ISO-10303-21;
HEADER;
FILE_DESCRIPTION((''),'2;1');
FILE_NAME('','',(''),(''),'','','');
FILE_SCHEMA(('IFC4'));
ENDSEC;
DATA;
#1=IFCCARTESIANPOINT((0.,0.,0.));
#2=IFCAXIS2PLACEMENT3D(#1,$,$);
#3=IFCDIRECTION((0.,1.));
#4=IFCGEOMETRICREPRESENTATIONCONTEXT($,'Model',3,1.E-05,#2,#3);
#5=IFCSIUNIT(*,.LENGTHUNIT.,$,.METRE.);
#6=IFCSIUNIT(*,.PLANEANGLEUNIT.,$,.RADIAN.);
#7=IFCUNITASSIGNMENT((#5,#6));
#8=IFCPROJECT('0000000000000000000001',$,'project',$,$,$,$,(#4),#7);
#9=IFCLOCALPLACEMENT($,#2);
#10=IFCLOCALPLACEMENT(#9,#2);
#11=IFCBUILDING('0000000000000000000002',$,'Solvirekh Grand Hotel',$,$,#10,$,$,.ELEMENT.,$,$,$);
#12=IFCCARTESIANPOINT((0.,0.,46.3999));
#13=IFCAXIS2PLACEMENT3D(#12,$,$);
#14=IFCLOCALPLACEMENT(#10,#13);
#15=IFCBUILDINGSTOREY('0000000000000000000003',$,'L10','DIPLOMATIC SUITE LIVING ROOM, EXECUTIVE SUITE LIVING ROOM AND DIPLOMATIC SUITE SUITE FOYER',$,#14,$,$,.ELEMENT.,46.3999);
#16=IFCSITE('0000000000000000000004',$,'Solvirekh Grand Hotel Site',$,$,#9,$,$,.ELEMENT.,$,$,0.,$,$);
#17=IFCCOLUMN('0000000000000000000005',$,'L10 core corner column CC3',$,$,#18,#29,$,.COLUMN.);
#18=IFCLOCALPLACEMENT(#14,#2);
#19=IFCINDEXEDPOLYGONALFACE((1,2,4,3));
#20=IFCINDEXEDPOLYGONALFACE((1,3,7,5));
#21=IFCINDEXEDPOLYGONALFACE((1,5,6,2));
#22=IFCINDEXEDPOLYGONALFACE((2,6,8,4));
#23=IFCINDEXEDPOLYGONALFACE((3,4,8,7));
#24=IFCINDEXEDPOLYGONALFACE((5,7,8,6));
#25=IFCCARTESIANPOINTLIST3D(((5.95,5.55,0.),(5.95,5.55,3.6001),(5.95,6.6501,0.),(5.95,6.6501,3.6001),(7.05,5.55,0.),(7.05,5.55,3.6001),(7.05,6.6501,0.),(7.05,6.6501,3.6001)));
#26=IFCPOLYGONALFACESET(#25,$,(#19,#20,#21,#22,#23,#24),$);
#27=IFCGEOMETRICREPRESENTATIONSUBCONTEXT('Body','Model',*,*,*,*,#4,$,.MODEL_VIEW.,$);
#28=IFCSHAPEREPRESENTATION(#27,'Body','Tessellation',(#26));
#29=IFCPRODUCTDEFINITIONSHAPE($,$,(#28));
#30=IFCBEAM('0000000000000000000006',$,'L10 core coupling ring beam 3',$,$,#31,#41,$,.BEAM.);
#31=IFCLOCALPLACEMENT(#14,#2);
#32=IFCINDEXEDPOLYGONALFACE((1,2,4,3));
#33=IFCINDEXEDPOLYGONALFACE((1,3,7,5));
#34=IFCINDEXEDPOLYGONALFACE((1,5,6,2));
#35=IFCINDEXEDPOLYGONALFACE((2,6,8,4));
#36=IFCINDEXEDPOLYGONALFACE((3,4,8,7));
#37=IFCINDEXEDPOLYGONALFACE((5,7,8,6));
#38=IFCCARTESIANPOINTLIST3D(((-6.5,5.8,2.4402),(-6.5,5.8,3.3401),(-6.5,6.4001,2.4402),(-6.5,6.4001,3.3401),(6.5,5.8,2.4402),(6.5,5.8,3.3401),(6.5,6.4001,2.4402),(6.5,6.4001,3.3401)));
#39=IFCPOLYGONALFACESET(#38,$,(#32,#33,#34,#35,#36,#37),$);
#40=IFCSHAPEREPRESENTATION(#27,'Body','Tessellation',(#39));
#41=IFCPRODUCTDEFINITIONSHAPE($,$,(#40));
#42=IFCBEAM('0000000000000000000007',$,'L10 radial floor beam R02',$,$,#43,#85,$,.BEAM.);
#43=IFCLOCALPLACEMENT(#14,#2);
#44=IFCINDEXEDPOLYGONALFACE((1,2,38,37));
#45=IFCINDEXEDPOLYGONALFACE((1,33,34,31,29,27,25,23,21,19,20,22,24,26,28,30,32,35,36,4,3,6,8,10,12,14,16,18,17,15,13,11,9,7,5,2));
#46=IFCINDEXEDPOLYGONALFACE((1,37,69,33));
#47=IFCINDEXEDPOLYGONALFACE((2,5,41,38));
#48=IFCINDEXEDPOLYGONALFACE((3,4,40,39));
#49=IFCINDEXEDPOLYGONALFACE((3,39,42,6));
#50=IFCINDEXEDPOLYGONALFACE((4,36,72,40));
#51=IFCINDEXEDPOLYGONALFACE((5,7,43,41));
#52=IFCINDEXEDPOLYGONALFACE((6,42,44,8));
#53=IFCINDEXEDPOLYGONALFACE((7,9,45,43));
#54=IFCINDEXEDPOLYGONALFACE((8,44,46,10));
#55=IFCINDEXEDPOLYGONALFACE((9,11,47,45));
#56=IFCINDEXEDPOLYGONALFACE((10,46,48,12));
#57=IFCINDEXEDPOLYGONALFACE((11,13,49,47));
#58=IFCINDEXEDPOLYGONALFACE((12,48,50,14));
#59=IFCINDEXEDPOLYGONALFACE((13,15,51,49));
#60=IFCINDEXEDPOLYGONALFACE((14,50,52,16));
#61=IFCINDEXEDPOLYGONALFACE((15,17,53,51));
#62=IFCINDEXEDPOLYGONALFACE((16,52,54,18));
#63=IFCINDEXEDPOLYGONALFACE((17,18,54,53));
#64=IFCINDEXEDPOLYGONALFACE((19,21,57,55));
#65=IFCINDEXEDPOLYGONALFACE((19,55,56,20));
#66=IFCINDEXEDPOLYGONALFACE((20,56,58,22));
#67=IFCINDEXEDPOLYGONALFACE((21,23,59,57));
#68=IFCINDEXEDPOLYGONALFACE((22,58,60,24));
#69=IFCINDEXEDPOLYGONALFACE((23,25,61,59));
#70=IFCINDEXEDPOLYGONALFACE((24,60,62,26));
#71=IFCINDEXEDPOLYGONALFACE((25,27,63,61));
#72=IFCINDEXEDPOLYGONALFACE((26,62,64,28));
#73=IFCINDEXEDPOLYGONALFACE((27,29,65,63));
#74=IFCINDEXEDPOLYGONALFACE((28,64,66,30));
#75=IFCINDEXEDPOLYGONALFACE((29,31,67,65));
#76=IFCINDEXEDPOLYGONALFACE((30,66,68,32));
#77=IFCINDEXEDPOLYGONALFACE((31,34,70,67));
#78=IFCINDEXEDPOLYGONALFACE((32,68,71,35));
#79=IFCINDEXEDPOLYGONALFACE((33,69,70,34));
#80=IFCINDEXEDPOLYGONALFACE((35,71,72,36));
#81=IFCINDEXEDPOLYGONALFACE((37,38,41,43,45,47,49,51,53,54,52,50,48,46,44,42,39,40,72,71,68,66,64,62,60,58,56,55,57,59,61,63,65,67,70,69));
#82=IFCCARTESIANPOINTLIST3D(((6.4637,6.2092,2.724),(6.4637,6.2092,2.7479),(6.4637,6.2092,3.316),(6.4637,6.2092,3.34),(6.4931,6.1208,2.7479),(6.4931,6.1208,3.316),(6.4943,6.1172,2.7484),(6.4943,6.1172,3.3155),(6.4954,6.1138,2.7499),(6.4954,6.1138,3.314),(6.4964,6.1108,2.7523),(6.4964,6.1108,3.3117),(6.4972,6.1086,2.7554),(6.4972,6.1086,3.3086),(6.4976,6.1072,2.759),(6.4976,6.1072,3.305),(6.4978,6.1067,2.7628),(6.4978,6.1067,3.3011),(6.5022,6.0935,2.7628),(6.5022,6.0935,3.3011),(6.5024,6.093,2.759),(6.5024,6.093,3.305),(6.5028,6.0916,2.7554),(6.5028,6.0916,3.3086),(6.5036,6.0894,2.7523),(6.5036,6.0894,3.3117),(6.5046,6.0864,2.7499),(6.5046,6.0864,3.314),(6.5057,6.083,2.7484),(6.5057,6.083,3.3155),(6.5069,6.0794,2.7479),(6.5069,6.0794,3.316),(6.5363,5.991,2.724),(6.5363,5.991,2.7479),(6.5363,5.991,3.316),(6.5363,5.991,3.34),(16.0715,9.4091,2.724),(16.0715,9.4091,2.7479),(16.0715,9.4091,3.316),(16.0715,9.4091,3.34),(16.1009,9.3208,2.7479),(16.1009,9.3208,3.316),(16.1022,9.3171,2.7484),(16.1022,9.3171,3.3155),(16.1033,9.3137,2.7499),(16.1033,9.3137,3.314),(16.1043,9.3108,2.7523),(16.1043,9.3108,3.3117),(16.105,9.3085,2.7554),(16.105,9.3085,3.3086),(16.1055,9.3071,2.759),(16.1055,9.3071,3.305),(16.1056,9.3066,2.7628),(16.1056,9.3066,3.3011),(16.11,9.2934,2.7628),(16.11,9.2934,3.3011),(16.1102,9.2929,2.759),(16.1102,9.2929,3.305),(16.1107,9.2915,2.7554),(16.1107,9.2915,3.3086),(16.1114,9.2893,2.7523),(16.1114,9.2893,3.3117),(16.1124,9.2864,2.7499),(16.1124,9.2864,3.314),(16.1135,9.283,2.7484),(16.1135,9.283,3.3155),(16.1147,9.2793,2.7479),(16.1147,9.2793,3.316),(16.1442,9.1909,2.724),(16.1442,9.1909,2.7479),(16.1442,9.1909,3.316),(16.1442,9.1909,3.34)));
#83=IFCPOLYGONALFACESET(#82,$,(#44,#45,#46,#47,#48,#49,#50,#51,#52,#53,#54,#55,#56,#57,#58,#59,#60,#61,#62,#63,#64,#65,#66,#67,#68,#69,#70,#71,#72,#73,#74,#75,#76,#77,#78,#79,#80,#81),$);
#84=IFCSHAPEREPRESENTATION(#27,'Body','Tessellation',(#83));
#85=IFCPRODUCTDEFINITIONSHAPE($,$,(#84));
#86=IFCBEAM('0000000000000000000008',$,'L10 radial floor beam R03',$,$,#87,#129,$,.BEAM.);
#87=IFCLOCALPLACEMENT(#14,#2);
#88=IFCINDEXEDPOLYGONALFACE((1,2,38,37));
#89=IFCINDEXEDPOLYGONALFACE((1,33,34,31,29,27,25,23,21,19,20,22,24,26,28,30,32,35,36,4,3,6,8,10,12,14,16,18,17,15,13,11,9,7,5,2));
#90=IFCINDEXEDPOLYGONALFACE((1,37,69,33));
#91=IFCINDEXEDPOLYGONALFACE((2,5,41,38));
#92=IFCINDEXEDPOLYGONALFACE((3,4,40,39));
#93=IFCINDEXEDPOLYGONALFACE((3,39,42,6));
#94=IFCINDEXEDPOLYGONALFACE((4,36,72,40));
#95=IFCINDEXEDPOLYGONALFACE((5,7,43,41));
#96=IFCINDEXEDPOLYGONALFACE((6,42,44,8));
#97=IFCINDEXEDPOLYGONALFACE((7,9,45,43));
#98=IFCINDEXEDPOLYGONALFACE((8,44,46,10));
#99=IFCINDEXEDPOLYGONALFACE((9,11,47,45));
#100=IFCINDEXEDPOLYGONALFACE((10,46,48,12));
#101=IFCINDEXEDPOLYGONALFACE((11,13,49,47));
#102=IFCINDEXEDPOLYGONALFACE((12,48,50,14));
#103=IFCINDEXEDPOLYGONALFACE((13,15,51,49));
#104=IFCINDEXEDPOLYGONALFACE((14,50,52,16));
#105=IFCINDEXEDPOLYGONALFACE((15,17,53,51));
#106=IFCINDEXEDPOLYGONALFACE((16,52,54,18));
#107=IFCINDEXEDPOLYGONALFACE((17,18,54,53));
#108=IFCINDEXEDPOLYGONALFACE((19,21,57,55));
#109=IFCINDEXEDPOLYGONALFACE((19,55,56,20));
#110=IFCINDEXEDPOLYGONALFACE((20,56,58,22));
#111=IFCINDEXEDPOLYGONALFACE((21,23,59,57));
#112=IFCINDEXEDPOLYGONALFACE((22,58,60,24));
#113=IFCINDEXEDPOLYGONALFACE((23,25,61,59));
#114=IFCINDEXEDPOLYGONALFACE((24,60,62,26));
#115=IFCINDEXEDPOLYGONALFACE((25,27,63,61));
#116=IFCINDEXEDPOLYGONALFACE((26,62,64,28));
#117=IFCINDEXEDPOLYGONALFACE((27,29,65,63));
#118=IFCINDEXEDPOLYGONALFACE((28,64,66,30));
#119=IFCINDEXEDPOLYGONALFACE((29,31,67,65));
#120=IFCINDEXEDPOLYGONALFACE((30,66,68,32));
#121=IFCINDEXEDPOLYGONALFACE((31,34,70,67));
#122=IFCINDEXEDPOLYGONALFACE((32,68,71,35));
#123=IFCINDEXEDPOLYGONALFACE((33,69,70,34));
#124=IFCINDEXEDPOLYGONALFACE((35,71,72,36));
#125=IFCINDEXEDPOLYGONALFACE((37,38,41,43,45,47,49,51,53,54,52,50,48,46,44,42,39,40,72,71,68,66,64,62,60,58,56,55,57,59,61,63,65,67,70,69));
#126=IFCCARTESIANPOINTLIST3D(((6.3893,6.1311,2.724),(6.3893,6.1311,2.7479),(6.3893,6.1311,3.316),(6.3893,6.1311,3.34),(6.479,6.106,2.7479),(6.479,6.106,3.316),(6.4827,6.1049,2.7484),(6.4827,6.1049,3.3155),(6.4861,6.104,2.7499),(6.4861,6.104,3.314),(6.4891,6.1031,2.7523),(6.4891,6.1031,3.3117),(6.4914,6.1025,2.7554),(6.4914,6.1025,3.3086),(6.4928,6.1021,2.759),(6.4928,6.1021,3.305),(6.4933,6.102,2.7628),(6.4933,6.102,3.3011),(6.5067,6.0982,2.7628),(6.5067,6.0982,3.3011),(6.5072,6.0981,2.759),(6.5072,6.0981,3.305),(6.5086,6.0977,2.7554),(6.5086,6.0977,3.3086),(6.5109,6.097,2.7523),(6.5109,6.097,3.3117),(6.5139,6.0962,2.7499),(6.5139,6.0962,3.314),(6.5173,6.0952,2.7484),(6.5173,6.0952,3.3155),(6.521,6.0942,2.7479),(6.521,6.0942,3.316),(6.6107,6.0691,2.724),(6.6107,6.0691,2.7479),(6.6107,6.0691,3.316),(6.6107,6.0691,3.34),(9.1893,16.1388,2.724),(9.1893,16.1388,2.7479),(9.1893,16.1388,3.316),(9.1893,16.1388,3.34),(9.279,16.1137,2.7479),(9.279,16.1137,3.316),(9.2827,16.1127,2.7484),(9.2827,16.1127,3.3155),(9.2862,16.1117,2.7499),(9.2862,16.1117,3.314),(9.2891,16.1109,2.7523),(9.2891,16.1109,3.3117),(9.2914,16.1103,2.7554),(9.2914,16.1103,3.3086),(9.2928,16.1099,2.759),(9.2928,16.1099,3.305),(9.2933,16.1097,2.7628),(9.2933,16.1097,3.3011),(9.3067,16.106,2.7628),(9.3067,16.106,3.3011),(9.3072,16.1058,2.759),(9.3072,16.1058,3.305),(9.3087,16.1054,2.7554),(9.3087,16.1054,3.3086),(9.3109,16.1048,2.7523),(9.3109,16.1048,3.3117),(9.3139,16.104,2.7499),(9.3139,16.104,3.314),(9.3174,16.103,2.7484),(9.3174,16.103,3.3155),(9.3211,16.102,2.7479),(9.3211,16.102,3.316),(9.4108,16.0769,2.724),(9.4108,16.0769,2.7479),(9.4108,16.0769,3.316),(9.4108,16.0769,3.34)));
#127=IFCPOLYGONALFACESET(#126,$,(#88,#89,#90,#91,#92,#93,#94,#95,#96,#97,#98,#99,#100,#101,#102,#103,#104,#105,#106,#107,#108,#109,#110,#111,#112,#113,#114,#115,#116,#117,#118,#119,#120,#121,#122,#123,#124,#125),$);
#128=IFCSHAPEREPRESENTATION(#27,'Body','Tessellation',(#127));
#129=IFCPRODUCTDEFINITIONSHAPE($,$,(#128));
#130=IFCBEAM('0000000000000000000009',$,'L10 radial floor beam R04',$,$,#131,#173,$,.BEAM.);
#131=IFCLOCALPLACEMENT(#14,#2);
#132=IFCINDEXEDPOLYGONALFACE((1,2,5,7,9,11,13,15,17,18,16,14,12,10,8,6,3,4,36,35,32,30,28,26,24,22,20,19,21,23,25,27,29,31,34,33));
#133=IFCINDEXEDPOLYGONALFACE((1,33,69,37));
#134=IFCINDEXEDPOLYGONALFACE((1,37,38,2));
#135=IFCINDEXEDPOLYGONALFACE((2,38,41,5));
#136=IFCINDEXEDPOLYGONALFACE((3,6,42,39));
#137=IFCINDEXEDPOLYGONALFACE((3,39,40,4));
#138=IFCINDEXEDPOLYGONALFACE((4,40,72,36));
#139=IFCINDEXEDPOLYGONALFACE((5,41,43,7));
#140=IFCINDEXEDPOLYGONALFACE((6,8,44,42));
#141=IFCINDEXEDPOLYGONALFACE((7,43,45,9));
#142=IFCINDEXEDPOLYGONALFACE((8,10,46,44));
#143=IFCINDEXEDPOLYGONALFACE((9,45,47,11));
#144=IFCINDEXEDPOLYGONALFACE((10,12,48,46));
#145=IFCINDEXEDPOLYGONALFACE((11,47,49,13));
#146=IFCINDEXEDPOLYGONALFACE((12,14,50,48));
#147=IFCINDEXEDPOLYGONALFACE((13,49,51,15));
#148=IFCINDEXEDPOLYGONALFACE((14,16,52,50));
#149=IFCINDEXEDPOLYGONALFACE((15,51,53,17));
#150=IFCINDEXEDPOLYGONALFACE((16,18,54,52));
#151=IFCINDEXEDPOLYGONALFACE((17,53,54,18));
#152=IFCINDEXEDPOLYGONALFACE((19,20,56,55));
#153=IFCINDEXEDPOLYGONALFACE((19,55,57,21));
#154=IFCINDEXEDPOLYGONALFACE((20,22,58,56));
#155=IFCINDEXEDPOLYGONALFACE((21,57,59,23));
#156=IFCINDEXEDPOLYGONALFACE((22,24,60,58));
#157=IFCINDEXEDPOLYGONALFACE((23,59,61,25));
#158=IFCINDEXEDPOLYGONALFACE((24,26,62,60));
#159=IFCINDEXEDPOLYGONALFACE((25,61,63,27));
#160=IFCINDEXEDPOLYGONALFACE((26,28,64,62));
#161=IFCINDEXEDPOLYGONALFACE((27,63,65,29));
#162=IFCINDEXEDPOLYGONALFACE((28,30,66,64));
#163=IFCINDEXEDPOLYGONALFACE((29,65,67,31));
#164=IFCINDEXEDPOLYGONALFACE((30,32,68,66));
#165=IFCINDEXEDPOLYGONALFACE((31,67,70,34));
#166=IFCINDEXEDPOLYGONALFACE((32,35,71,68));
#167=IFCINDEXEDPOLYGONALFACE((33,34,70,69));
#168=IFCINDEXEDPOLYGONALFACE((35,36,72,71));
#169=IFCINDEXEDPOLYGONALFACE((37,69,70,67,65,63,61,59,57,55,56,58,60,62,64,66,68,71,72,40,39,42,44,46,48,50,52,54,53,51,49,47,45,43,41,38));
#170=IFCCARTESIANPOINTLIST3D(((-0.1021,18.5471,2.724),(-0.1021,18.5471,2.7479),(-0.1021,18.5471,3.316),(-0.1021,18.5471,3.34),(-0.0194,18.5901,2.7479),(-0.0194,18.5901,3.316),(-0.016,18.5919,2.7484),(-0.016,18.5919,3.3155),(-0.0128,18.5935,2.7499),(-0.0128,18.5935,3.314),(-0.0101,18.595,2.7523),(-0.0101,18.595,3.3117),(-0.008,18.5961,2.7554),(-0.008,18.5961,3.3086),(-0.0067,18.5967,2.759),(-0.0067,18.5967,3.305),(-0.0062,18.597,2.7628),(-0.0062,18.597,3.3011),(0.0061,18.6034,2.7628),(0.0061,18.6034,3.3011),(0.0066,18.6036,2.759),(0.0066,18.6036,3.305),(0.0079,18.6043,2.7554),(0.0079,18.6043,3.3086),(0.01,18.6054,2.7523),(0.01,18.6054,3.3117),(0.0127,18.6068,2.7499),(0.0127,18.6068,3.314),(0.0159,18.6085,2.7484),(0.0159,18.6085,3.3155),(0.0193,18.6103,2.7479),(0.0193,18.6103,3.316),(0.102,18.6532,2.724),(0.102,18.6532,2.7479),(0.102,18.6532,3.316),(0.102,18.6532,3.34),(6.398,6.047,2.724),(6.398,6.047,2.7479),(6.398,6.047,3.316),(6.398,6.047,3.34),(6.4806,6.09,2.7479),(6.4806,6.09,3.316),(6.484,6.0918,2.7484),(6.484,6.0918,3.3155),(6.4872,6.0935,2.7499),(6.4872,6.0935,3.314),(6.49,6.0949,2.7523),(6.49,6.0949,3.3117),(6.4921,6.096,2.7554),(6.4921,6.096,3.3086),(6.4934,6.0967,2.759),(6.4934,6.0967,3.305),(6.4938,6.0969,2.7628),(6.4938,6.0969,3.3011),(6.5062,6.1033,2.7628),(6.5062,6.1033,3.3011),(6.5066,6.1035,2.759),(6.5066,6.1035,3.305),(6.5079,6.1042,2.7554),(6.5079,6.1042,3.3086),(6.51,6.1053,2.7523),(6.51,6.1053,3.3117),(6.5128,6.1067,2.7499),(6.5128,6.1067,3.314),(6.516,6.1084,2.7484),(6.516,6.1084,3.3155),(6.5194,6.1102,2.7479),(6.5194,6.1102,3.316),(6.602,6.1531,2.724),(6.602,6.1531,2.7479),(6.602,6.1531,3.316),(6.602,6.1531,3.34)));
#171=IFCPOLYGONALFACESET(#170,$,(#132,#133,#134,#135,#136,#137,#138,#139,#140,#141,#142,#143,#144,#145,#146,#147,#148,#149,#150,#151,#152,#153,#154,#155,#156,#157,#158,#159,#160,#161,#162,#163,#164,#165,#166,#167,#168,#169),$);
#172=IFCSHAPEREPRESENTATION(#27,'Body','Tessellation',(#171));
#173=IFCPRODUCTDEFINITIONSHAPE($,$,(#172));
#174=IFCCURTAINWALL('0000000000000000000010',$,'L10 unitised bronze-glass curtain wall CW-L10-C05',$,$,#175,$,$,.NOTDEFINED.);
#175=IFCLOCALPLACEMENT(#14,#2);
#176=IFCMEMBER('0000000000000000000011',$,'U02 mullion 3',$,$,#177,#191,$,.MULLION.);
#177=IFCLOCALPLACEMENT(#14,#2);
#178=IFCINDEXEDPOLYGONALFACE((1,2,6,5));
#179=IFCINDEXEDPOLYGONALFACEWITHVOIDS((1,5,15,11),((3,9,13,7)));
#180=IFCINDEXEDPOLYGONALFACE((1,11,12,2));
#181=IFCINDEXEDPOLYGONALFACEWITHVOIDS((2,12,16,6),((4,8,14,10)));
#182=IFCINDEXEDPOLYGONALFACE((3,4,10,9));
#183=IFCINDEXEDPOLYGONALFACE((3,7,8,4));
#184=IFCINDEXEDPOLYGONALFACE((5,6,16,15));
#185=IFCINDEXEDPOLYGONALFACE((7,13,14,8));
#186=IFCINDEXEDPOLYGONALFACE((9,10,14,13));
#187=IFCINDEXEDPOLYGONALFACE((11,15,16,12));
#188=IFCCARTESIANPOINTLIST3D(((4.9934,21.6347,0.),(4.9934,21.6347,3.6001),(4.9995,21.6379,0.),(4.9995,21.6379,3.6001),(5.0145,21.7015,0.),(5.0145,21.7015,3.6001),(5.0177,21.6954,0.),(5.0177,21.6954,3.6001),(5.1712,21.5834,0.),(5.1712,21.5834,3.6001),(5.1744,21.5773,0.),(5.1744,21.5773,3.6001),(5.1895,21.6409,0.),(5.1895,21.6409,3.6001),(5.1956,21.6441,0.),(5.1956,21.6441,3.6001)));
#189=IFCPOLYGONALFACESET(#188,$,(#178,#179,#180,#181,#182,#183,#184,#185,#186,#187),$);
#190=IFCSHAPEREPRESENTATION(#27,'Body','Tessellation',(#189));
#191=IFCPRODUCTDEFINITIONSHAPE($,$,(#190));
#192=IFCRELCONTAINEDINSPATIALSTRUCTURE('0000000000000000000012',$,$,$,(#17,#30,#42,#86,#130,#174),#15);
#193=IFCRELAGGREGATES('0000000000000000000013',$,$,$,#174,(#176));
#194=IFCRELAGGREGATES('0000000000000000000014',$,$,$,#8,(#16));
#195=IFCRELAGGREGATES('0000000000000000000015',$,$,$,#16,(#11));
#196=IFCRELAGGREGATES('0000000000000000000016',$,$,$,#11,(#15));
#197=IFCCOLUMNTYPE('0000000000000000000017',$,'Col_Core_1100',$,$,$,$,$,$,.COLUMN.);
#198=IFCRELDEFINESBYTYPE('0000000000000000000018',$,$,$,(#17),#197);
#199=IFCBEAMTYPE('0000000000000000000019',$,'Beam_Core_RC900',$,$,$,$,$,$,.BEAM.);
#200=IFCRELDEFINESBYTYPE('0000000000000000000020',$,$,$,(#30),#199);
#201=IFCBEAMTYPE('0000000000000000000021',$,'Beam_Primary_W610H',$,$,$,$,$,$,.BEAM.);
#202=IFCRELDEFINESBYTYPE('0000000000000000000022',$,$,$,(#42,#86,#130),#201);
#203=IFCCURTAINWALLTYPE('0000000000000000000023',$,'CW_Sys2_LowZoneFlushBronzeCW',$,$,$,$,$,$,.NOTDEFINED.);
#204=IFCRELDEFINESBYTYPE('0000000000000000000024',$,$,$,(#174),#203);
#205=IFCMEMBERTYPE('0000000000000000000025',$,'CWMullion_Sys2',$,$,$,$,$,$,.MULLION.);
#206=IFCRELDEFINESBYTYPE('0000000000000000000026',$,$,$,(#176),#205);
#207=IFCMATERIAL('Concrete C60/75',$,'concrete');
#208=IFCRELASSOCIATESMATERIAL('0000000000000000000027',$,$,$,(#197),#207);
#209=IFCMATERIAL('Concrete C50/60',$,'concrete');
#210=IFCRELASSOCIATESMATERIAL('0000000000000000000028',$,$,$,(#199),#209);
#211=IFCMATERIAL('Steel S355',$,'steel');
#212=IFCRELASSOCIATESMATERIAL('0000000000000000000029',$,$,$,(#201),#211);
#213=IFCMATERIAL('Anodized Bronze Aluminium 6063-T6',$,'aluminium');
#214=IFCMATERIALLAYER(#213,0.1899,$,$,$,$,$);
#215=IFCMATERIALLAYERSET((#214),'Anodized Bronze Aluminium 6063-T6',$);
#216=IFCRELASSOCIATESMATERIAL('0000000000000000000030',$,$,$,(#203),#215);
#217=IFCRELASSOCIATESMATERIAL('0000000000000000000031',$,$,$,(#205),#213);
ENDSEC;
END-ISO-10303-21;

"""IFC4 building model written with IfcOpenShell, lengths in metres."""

from ifc_helpers import new_model, si_unit, direction, frame, origin, origin_2d, place, context, subcontext, project, spatial, rectangle, hollow_rectangle, i_section, extrude, source, transform, mapped, material, layer, layer_set, material_profile, profile_set, type_object, element, aggregate, save


model = new_model("IFC4")

# Units and contexts
model_context = context("Model", 3, precision=1e-05, world=origin(), true_north=direction((0.0, 1.0)))
body_context = subcontext(model_context, "Body", "Model", "MODEL_VIEW")
ifc_project = project(units=[si_unit("LENGTHUNIT", "METRE"), si_unit("PLANEANGLEUNIT", "RADIAN")], contexts=[model_context])

# Site, building, storey
site_placement = place(None, origin())
site = spatial("IfcSite", under=ifc_project, at=site_placement, Name="Solvirekh Grand Hotel Site", CompositionType="ELEMENT", RefElevation=0.0)
building_placement = place(site_placement, origin())
building = spatial("IfcBuilding", under=site, at=building_placement, Name="Solvirekh Grand Hotel", CompositionType="ELEMENT")
storey_placement = place(building_placement, frame((0.0, 0.0, 46.3999)))
storey = spatial("IfcBuildingStorey", under=building, at=storey_placement, Name="L10", Description="DIPLOMATIC SUITE LIVING ROOM, EXECUTIVE SUITE LIVING ROOM AND DIPLOMATIC SUITE SUITE FOYER", CompositionType="ELEMENT", Elevation=46.3999)

# Column
ifc_material_1 = material(Name="Concrete C60/75", Category="concrete")
ifc_material_profile_1 = material_profile(ifc_material_1, rectangle(XDim=1.1001, YDim=1.1001, at=origin_2d()), Name="RC 1100X1100")
ifc_profile_set_1 = profile_set([ifc_material_profile_1], Name="Concrete C60/75")
column_type = type_object("IfcColumnType", Name="Col_Core_1100", PredefinedType="COLUMN", material=ifc_profile_set_1)
column_placement = place(storey_placement, frame((6.5, 6.1001, 0.0), z_axis=(0.0, 0.0, 1.0), x_axis=(1.0, 0.0, 0.0)))
element("IfcColumn", 1, at=column_placement, inside=storey, type_object=column_type, Name="L10 core corner column CC3", PredefinedType="COLUMN", context=body_context, shape_type="SweptSolid", body=[
    extrude(rectangle(XDim=1.1001, YDim=1.1001, at=origin_2d()), origin(), (0.0, 0.0, 1.0), 3.6001),
])

# Beams
ifc_material_2 = material(Name="Concrete C50/60", Category="concrete")
ifc_material_profile_2 = material_profile(ifc_material_2, rectangle(XDim=0.6001, YDim=0.8999, at=origin_2d()), Name="RC BEAM 600X900")
ifc_profile_set_2 = profile_set([ifc_material_profile_2], Name="Concrete C50/60")
beam_type_1 = type_object("IfcBeamType", Name="Beam_Core_RC900", PredefinedType="BEAM", material=ifc_profile_set_2)
beam_1_placement = place(storey_placement, frame((6.5, 6.1001, 2.8901), z_axis=(-1.0, 0.0, 0.0), x_axis=(0.0, -1.0, 0.0)))
element("IfcBeam", 2, at=beam_1_placement, inside=storey, type_object=beam_type_1, Name="L10 core coupling ring beam 3", PredefinedType="BEAM", context=body_context, shape_type="SweptSolid", body=[
    extrude(rectangle(XDim=0.6001, YDim=0.8999, at=origin_2d()), origin(), (0.0, 0.0, 1.0), 13.0),
])
ifc_material_3 = material(Name="Steel S355", Category="steel")
ifc_material_profile_3 = material_profile(ifc_material_3, i_section(OverallWidth=0.23, OverallDepth=0.616, WebThickness=0.0139, FlangeThickness=0.0239, FilletRadius=0.0149, at=origin_2d()), Name="W610X174")
ifc_profile_set_3 = profile_set([ifc_material_profile_3], Name="Steel S355")
beam_type_2 = type_object("IfcBeamType", Name="Beam_Primary_W610H", PredefinedType="BEAM", material=ifc_profile_set_3)
beam_2_placement = place(storey_placement, frame((6.5, 6.1001, 3.032), z_axis=(0.948763, 0.315989, 0.0), x_axis=(-0.315989, 0.948763, 0.0)))
element("IfcBeam", 3, at=beam_2_placement, inside=storey, type_object=beam_type_2, Name="L10 radial floor beam R02", PredefinedType="BEAM", context=body_context, shape_type="SweptSolid", body=[
    extrude(i_section(OverallWidth=0.23, OverallDepth=0.616, WebThickness=0.0139, FlangeThickness=0.0239, FilletRadius=0.0149, at=origin_2d()), origin(), (0.0, 0.0, 1.0), 10.1267),
])
beam_3_placement = place(storey_placement, frame((6.5, 6.1001, 3.032), z_axis=(0.269439, 0.963017, 0.0), x_axis=(-0.963017, 0.269439, 0.0)))
element("IfcBeam", 4, at=beam_3_placement, inside=storey, type_object=beam_type_2, Name="L10 radial floor beam R03", PredefinedType="BEAM", context=body_context, shape_type="SweptSolid", body=[
    extrude(i_section(OverallWidth=0.23, OverallDepth=0.616, WebThickness=0.0139, FlangeThickness=0.0239, FilletRadius=0.0149, at=origin_2d()), origin(), (0.0, 0.0, 1.0), 10.3921),
])
beam_4_placement = place(storey_placement, frame((6.5, 6.1001, 3.032), z_axis=(-0.461353, 0.887217, 0.0), x_axis=(-0.887217, -0.461353, 0.0)))
element("IfcBeam", 5, at=beam_4_placement, inside=storey, type_object=beam_type_2, Name="L10 radial floor beam R04", PredefinedType="BEAM", context=body_context, shape_type="SweptSolid", body=[
    extrude(i_section(OverallWidth=0.23, OverallDepth=0.616, WebThickness=0.0139, FlangeThickness=0.0239, FilletRadius=0.0149, at=origin_2d()), origin(), (0.0, 0.0, 1.0), 14.0891),
])

# Curtain wall, member
ifc_material_4 = material(Name="Anodized Bronze Aluminium 6063-T6", Category="aluminium")
ifc_layer_1 = layer(ifc_material_4, 0.1899)
ifc_layer_set_1 = layer_set([ifc_layer_1], Name="Anodized Bronze Aluminium 6063-T6")
curtain_wall_type = type_object("IfcCurtainWallType", Name="CW_Sys2_LowZoneFlushBronzeCW", PredefinedType="NOTDEFINED", material=ifc_layer_set_1)
curtain_wall_placement = place(storey_placement, origin())
curtain_wall = element("IfcCurtainWall", 6, at=curtain_wall_placement, inside=storey, type_object=curtain_wall_type, Name="L10 unitised bronze-glass curtain wall CW-L10-C05", PredefinedType="NOTDEFINED")
ifc_material_profile_4 = material_profile(ifc_material_4, hollow_rectangle(XDim=0.0701, YDim=0.1899, WallThickness=0.0049, at=origin_2d()), Name="ALU RHS 190X70X5")
ifc_profile_set_4 = profile_set([ifc_material_profile_4], Name="Anodized Bronze Aluminium 6063-T6")
member_type_1 = type_object("IfcMemberType", Name="CWMullion_Sys2", PredefinedType="MULLION", material=ifc_profile_set_4)
shared_shape_1 = source(origin(), body_context, "Body", "SweptSolid", [
    extrude(hollow_rectangle(XDim=0.0701, YDim=0.1899, WallThickness=0.0049, at=origin_2d()), origin(), (0.0, 0.0, 1.0), 3.6001),
])
member_1_placement = place(storey_placement, frame((5.0945, 21.6394, 0.0), z_axis=(0.0, 0.0, 1.0), x_axis=(-0.302286, -0.953217, 0.0)))
member_1 = element("IfcMember", 7, at=member_1_placement, type_object=member_type_1, Name="U02 mullion 3", PredefinedType="MULLION", context=body_context, shape_type="MappedRepresentation", body=[
    mapped(shared_shape_1, transform((0.0, 0.0, 0.0), x_axis=(1.0, 0.0, 0.0), y_axis=(0.0, 1.0, 0.0), z_axis=(0.0, 0.0, 1.0), scale=1.0)),
])
aggregate(curtain_wall, [member_1])

save(model, "model.ifc")
